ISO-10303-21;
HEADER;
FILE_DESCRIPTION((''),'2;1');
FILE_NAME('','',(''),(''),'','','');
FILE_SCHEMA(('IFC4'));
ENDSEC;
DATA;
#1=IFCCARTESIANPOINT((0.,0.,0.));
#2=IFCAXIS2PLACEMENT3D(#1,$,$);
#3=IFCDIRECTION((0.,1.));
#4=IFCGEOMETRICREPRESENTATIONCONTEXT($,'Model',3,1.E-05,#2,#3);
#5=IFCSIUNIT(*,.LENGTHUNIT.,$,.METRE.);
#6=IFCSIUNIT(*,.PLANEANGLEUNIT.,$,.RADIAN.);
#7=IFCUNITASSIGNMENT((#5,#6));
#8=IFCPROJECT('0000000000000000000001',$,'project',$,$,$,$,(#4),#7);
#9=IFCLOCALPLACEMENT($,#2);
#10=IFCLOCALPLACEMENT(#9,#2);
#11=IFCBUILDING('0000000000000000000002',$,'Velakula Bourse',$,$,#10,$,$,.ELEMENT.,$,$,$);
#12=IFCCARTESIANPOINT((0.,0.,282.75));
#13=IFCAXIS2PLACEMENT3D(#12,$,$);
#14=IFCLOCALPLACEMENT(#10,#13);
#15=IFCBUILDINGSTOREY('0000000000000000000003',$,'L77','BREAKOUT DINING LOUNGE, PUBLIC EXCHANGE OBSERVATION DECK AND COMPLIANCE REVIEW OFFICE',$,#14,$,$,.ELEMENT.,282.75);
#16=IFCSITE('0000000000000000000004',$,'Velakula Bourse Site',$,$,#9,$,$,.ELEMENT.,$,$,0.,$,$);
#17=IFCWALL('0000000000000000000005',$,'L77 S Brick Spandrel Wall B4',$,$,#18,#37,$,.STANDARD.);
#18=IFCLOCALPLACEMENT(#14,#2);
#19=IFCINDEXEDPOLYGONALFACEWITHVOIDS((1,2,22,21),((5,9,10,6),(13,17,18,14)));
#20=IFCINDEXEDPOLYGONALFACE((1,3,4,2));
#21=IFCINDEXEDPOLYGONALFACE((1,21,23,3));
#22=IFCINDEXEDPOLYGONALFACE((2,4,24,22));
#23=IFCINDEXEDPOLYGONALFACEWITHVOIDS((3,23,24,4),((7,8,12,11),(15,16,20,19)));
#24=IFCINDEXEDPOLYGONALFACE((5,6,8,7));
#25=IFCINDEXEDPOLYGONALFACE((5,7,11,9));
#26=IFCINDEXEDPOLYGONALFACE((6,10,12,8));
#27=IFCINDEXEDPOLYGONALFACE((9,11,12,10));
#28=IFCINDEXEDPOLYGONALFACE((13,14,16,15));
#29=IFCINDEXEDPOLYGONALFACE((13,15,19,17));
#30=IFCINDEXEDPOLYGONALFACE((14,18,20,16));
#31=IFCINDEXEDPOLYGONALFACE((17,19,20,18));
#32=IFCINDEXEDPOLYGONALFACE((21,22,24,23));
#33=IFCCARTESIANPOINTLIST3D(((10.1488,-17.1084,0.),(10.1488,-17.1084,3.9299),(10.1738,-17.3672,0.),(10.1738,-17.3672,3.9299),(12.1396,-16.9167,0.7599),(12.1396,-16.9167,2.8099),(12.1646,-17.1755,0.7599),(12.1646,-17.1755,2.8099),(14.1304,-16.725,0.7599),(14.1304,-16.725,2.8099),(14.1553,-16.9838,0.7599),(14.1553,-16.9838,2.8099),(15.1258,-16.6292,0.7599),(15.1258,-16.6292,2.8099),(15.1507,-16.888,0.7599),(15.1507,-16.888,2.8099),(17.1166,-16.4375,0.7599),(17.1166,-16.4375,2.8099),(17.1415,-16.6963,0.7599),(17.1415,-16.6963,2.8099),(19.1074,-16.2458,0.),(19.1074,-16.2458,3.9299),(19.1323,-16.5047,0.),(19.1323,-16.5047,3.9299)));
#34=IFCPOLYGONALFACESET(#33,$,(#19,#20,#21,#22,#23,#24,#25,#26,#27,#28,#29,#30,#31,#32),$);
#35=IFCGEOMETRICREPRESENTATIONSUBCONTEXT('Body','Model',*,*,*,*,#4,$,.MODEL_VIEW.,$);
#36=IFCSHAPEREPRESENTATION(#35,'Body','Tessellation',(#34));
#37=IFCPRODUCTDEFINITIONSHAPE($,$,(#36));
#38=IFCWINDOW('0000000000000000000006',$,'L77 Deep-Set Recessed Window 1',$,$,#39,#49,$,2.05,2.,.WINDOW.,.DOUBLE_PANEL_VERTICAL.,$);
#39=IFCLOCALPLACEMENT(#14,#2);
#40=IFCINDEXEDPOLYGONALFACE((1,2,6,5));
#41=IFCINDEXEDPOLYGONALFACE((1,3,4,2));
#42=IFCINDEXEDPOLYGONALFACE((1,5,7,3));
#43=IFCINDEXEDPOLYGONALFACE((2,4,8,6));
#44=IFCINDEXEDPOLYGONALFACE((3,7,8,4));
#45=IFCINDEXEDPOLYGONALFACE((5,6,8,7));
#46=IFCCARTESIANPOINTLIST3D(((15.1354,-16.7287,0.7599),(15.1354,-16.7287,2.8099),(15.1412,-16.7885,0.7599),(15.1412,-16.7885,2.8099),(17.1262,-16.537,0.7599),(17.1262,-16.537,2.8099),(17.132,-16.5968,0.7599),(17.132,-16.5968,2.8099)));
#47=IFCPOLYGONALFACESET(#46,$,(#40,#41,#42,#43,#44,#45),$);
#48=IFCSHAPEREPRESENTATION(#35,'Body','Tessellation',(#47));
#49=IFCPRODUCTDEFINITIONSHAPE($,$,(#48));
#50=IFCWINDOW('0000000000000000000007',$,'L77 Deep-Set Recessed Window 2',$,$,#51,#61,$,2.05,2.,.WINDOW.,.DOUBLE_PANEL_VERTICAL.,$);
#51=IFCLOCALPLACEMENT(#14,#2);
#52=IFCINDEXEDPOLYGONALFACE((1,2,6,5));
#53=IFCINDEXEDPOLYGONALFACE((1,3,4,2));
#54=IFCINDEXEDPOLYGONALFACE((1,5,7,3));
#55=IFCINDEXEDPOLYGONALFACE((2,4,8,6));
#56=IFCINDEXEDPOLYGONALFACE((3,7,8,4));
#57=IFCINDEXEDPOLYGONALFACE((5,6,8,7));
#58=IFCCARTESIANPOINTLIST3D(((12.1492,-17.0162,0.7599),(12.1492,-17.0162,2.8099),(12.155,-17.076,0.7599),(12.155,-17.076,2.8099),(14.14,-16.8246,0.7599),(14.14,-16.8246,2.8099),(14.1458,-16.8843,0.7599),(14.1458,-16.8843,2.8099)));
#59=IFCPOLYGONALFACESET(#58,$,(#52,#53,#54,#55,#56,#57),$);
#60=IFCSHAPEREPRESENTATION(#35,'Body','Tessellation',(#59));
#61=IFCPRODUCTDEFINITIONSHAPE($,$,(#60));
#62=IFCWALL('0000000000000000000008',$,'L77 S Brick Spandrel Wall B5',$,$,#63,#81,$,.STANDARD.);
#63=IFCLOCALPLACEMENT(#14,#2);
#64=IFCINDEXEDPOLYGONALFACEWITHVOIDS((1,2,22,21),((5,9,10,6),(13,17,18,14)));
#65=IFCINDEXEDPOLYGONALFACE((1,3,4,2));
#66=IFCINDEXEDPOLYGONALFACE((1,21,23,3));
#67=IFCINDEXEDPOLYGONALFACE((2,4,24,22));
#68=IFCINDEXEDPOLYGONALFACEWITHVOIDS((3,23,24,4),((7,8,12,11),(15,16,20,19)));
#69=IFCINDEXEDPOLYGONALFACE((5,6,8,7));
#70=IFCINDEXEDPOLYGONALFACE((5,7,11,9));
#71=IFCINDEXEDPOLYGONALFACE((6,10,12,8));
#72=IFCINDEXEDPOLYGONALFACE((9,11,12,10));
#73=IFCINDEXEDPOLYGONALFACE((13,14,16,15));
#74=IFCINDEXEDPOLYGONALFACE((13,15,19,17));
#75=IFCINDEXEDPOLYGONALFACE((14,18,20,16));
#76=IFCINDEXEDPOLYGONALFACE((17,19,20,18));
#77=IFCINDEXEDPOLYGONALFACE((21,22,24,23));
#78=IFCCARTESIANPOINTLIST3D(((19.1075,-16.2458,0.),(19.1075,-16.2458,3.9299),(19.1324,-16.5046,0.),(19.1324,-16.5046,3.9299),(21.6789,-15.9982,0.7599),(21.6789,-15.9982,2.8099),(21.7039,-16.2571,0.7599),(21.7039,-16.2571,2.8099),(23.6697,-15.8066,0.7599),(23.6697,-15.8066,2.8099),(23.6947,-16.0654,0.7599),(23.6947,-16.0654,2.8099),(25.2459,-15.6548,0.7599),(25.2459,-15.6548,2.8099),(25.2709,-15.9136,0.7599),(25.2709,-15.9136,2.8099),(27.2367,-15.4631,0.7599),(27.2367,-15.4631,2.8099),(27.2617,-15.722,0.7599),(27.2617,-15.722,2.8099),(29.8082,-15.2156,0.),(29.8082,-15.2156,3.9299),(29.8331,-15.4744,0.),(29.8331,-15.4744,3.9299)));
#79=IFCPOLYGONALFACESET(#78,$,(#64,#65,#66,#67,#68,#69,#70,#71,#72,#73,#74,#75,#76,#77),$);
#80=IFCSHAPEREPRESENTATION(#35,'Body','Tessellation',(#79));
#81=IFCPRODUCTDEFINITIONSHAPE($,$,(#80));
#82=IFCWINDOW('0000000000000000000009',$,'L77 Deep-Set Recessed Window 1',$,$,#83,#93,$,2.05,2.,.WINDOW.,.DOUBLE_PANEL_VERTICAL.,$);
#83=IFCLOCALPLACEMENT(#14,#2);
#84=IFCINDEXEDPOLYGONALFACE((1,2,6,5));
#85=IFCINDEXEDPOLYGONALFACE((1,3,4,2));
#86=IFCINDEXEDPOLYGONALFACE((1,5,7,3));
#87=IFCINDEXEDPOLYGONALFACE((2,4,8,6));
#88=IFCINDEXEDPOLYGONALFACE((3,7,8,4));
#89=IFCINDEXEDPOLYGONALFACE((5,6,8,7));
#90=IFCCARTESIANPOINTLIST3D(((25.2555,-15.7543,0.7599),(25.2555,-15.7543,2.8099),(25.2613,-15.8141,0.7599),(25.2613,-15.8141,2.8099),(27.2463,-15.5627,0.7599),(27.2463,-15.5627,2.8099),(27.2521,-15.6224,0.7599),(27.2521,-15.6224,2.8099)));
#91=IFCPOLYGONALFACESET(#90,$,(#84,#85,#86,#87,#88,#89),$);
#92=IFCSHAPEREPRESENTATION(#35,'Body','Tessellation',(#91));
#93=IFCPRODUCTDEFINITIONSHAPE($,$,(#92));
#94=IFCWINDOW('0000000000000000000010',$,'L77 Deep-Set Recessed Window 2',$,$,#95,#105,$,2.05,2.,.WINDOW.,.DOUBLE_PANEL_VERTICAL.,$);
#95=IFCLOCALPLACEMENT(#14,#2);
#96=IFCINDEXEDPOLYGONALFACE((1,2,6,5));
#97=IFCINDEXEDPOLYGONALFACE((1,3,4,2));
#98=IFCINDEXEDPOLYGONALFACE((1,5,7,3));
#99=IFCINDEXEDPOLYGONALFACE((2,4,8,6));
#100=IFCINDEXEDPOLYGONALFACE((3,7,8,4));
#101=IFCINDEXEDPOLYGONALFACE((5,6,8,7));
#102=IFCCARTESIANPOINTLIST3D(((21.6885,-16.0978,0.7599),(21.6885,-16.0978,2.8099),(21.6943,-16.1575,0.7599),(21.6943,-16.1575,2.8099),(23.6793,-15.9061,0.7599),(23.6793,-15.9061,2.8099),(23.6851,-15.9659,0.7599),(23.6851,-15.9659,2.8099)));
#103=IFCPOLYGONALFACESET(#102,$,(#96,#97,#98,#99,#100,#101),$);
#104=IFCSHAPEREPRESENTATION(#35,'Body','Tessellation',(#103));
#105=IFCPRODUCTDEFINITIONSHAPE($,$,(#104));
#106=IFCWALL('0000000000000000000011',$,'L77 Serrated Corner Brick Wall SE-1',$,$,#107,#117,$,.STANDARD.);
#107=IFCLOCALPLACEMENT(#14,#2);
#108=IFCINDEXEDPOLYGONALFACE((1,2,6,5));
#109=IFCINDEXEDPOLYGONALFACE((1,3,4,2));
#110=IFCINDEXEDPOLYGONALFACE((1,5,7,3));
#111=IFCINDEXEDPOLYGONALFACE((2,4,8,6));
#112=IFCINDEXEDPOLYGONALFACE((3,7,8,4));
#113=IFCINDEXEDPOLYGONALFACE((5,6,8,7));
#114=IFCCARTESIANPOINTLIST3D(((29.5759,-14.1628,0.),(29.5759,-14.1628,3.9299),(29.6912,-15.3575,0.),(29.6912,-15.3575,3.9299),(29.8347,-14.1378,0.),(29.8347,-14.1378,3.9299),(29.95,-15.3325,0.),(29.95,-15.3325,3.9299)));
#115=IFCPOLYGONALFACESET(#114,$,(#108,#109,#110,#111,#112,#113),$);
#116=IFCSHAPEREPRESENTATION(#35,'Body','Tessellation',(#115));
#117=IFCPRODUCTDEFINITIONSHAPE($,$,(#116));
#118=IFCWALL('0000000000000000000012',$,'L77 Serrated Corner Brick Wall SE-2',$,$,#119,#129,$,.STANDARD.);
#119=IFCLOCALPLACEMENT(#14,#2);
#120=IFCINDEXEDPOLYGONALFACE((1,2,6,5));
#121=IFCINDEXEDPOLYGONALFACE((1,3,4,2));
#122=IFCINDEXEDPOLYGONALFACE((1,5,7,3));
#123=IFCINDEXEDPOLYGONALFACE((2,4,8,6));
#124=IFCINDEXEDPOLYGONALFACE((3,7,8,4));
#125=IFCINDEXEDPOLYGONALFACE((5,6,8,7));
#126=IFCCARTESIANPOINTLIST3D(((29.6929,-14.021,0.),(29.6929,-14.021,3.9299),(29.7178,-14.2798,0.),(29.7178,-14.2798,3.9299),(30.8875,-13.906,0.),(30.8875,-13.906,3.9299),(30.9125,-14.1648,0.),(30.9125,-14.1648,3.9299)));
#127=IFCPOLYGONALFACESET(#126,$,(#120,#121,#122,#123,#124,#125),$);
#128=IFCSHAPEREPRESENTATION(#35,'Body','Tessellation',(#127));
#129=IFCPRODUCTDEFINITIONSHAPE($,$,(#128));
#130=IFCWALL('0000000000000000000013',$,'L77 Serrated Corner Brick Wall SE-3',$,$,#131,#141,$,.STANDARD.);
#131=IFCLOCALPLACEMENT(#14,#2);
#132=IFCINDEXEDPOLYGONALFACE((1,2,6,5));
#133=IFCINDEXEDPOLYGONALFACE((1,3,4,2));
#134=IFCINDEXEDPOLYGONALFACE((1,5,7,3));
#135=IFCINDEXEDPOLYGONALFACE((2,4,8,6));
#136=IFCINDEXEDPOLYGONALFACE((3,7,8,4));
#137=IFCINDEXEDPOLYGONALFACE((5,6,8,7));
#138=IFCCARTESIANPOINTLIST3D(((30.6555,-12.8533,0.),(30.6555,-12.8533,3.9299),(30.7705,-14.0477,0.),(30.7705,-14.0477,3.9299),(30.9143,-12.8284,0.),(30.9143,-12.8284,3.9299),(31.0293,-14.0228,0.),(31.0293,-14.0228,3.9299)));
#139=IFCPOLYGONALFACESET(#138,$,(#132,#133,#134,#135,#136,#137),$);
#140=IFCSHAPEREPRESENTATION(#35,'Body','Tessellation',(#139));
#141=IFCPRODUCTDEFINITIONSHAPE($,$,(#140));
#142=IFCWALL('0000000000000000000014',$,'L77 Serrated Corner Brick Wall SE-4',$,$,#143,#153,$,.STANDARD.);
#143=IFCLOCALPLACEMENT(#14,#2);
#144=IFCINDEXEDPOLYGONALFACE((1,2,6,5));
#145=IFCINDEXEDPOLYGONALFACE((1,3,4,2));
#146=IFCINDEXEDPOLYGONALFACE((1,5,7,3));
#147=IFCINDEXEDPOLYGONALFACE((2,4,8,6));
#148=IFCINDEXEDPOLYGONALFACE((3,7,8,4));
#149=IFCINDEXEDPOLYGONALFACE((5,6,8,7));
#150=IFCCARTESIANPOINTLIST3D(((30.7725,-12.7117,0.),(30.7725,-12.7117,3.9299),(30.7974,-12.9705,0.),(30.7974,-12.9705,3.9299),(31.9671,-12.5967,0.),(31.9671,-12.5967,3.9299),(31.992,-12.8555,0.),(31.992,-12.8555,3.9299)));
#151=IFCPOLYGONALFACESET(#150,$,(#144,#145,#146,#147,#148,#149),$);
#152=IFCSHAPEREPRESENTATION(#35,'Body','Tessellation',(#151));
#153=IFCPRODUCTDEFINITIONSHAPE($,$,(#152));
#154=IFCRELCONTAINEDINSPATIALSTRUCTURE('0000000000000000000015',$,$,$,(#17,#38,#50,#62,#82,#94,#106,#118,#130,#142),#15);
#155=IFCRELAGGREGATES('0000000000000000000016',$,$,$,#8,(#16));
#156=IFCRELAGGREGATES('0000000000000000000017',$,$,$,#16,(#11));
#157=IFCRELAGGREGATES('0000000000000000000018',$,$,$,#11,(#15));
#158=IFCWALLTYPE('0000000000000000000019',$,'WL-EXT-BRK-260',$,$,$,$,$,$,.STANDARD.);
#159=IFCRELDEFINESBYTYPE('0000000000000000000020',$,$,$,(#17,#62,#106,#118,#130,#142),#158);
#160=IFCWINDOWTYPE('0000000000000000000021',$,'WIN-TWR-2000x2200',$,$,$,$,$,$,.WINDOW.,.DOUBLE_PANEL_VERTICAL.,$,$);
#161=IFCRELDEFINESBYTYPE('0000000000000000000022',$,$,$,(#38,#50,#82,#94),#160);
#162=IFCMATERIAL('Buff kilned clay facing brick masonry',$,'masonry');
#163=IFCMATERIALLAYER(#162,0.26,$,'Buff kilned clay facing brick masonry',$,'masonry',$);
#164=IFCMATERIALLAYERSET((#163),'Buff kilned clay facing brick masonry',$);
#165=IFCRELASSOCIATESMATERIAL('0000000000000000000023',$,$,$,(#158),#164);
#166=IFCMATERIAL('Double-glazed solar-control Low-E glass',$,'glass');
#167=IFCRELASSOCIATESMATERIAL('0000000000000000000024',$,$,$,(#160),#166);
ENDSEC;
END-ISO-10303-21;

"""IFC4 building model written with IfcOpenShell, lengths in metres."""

from ifc_helpers import new_model, si_unit, direction, frame, frame_2d, origin, place, context, subcontext, project, spatial, rectangle, extrude, material, layer, layer_set, type_object, element, fill, save


model = new_model("IFC4")

# Units and contexts
model_context = context("Model", 3, precision=1e-05, world=origin(), true_north=direction((0.0, 1.0)))
body_context = subcontext(model_context, "Body", "Model", "MODEL_VIEW")
ifc_project = project(units=[si_unit("LENGTHUNIT", "METRE"), si_unit("PLANEANGLEUNIT", "RADIAN")], contexts=[model_context])

# Site, building, storey
site_placement = place(None, origin())
site = spatial("IfcSite", under=ifc_project, at=site_placement, Name="Velakula Bourse Site", CompositionType="ELEMENT", RefElevation=0.0)
building_placement = place(site_placement, origin())
building = spatial("IfcBuilding", under=site, at=building_placement, Name="Velakula Bourse", CompositionType="ELEMENT")
storey_placement = place(building_placement, frame((0.0, 0.0, 282.75)))
storey = spatial("IfcBuildingStorey", under=building, at=storey_placement, Name="L77", Description="BREAKOUT DINING LOUNGE, PUBLIC EXCHANGE OBSERVATION DECK AND COMPLIANCE REVIEW OFFICE", CompositionType="ELEMENT", Elevation=282.75)

# Walls, openings, windows
ifc_material_1 = material(Name="Buff kilned clay facing brick masonry", Category="masonry")
ifc_layer_1 = layer(ifc_material_1, 0.26, Name="Buff kilned clay facing brick masonry", Category="masonry")
ifc_layer_set_1 = layer_set([ifc_layer_1], Name="Buff kilned clay facing brick masonry")
wall_type_1 = type_object("IfcWallType", Name="WL-EXT-BRK-260", PredefinedType="STANDARD", material=ifc_layer_set_1)
wall_1_placement = place(storey_placement, frame((19.1199, -16.3752, 0.0), z_axis=(0.0, 0.0, 1.0), x_axis=(-0.995397, -0.09584, 0.0)))
wall_1 = element("IfcWall", 1, at=wall_1_placement, inside=storey, type_object=wall_type_1, Name="L77 S Brick Spandrel Wall B4", PredefinedType="STANDARD", context=body_context, shape_type="SweptSolid", body=[
    extrude(rectangle(XDim=9.0, YDim=0.26, at=frame_2d((4.5, 0.0))), origin(), (0.0, 0.0, 1.0), 3.9299),
])
opening_1_placement = place(wall_1_placement, frame((2.0, 0.0, 0.76)))
opening_1 = element("IfcOpeningElement", 2, at=opening_1_placement, cuts=wall_1, PredefinedType="OPENING", context=body_context, shape_type="SweptSolid", body=[
    extrude(rectangle(XDim=2.0, YDim=2.05, at=frame_2d((1.0, 1.0249))), frame((0.0, 0.1399, 0.0), z_axis=(0.0, -1.0, 0.0), x_axis=(1.0, 0.0, 0.0)), (0.0, 0.0, 1.0), 0.28),
])
opening_2_placement = place(wall_1_placement, frame((5.0, 0.0, 0.76)))
opening_2 = element("IfcOpeningElement", 3, at=opening_2_placement, cuts=wall_1, PredefinedType="OPENING", context=body_context, shape_type="SweptSolid", body=[
    extrude(rectangle(XDim=2.0, YDim=2.05, at=frame_2d((1.0, 1.0249))), frame((0.0, 0.1399, 0.0), z_axis=(0.0, -1.0, 0.0), x_axis=(1.0, 0.0, 0.0)), (0.0, 0.0, 1.0), 0.28),
])
ifc_material_2 = material(Name="Double-glazed solar-control Low-E glass", Category="glass")
window_type = type_object("IfcWindowType", Name="WIN-TWR-2000x2200", PartitioningType="DOUBLE_PANEL_VERTICAL", PredefinedType="WINDOW", material=ifc_material_2)
window_1_placement = place(opening_1_placement, origin())
window_1 = element("IfcWindow", 4, at=window_1_placement, inside=storey, type_object=window_type, Name="L77 Deep-Set Recessed Window 1", OverallHeight=2.05, OverallWidth=2.0, PartitioningType="DOUBLE_PANEL_VERTICAL", PredefinedType="WINDOW", context=body_context, shape_type="SweptSolid", body=[
    extrude(rectangle(XDim=2.0, YDim=2.05, at=frame_2d((1.0, 1.0249))), frame((0.0, 0.03, 0.0), z_axis=(0.0, -1.0, 0.0), x_axis=(1.0, 0.0, 0.0)), (0.0, 0.0, 1.0), 0.0601),
])
fill(opening_1, window_1)
window_2_placement = place(opening_2_placement, origin())
window_2 = element("IfcWindow", 5, at=window_2_placement, inside=storey, type_object=window_type, Name="L77 Deep-Set Recessed Window 2", OverallHeight=2.05, OverallWidth=2.0, PartitioningType="DOUBLE_PANEL_VERTICAL", PredefinedType="WINDOW", context=body_context, shape_type="SweptSolid", body=[
    extrude(rectangle(XDim=2.0, YDim=2.05, at=frame_2d((1.0, 1.0249))), frame((0.0, 0.03, 0.0), z_axis=(0.0, -1.0, 0.0), x_axis=(1.0, 0.0, 0.0)), (0.0, 0.0, 1.0), 0.0601),
])
fill(opening_2, window_2)
wall_2_placement = place(storey_placement, frame((29.8206, -15.345, 0.0), z_axis=(0.0, 0.0, 1.0), x_axis=(-0.995397, -0.095838, 0.0)))
wall_2 = element("IfcWall", 6, at=wall_2_placement, inside=storey, type_object=wall_type_1, Name="L77 S Brick Spandrel Wall B5", PredefinedType="STANDARD", context=body_context, shape_type="SweptSolid", body=[
    extrude(rectangle(XDim=10.7502, YDim=0.26, at=frame_2d((5.375, 0.0))), origin(), (0.0, 0.0, 1.0), 3.9299),
])
opening_3_placement = place(wall_2_placement, frame((2.5833, 0.0, 0.76)))
opening_3 = element("IfcOpeningElement", 7, at=opening_3_placement, cuts=wall_2, PredefinedType="OPENING", context=body_context, shape_type="SweptSolid", body=[
    extrude(rectangle(XDim=2.0, YDim=2.05, at=frame_2d((1.0, 1.0249))), frame((0.0, 0.1399, 0.0), z_axis=(0.0, -1.0, 0.0), x_axis=(1.0, 0.0, 0.0)), (0.0, 0.0, 1.0), 0.28),
])
opening_4_placement = place(wall_2_placement, frame((6.1667, 0.0, 0.76)))
opening_4 = element("IfcOpeningElement", 8, at=opening_4_placement, cuts=wall_2, PredefinedType="OPENING", context=body_context, shape_type="SweptSolid", body=[
    extrude(rectangle(XDim=2.0, YDim=2.05, at=frame_2d((1.0, 1.0249))), frame((0.0, 0.1399, 0.0), z_axis=(0.0, -1.0, 0.0), x_axis=(1.0, 0.0, 0.0)), (0.0, 0.0, 1.0), 0.28),
])
window_3_placement = place(opening_3_placement, origin())
window_3 = element("IfcWindow", 9, at=window_3_placement, inside=storey, type_object=window_type, Name="L77 Deep-Set Recessed Window 1", OverallHeight=2.05, OverallWidth=2.0, PartitioningType="DOUBLE_PANEL_VERTICAL", PredefinedType="WINDOW", context=body_context, shape_type="SweptSolid", body=[
    extrude(rectangle(XDim=2.0, YDim=2.05, at=frame_2d((1.0, 1.0249))), frame((0.0, 0.03, 0.0), z_axis=(0.0, -1.0, 0.0), x_axis=(1.0, 0.0, 0.0)), (0.0, 0.0, 1.0), 0.0601),
])
fill(opening_3, window_3)
window_4_placement = place(opening_4_placement, origin())
window_4 = element("IfcWindow", 10, at=window_4_placement, inside=storey, type_object=window_type, Name="L77 Deep-Set Recessed Window 2", OverallHeight=2.05, OverallWidth=2.0, PartitioningType="DOUBLE_PANEL_VERTICAL", PredefinedType="WINDOW", context=body_context, shape_type="SweptSolid", body=[
    extrude(rectangle(XDim=2.0, YDim=2.05, at=frame_2d((1.0, 1.0249))), frame((0.0, 0.03, 0.0), z_axis=(0.0, -1.0, 0.0), x_axis=(1.0, 0.0, 0.0)), (0.0, 0.0, 1.0), 0.0601),
])
fill(opening_4, window_4)

# Walls
for number, where, z_axis, x_axis, name in (
    (11, (29.8206, -15.345, 0.0), (0.0, 0.0, 1.0), (-0.096019, 0.99538, 0.0), "L77 Serrated Corner Brick Wall SE-1"),
    (12, (29.7053, -14.1504, 0.0), (0.0, 0.0, 1.0), (0.995399, 0.095817, 0.0), "L77 Serrated Corner Brick Wall SE-2"),
):
    element("IfcWall", number, at=place(storey_placement, frame(where, z_axis=z_axis, x_axis=x_axis)), inside=storey, type_object=wall_type_1, Name=name, PredefinedType="STANDARD", context=body_context, shape_type="SweptSolid", body=[
        extrude(rectangle(XDim=1.2002, YDim=0.26, at=frame_2d((0.6001, 0.0))), origin(), (0.0, 0.0, 1.0), 3.9299),
    ])
wall_3_placement = place(storey_placement, frame((30.8999, -14.0354, 0.0), z_axis=(0.0, 0.0, 1.0), x_axis=(-0.095836, 0.995397, 0.0)))
element("IfcWall", 13, at=wall_3_placement, inside=storey, type_object=wall_type_1, Name="L77 Serrated Corner Brick Wall SE-3", PredefinedType="STANDARD", context=body_context, shape_type="SweptSolid", body=[
    extrude(rectangle(XDim=1.2, YDim=0.26, at=frame_2d((0.6001, 0.0))), origin(), (0.0, 0.0, 1.0), 3.9299),
])
wall_4_placement = place(storey_placement, frame((30.7849, -12.8411, 0.0), z_axis=(0.0, 0.0, 1.0), x_axis=(0.995399, 0.095817, 0.0)))
element("IfcWall", 14, at=wall_4_placement, inside=storey, type_object=wall_type_1, Name="L77 Serrated Corner Brick Wall SE-4", PredefinedType="STANDARD", context=body_context, shape_type="SweptSolid", body=[
    extrude(rectangle(XDim=1.2002, YDim=0.26, at=frame_2d((0.6001, 0.0))), origin(), (0.0, 0.0, 1.0), 3.9299),
])

save(model, "model.ifc")
